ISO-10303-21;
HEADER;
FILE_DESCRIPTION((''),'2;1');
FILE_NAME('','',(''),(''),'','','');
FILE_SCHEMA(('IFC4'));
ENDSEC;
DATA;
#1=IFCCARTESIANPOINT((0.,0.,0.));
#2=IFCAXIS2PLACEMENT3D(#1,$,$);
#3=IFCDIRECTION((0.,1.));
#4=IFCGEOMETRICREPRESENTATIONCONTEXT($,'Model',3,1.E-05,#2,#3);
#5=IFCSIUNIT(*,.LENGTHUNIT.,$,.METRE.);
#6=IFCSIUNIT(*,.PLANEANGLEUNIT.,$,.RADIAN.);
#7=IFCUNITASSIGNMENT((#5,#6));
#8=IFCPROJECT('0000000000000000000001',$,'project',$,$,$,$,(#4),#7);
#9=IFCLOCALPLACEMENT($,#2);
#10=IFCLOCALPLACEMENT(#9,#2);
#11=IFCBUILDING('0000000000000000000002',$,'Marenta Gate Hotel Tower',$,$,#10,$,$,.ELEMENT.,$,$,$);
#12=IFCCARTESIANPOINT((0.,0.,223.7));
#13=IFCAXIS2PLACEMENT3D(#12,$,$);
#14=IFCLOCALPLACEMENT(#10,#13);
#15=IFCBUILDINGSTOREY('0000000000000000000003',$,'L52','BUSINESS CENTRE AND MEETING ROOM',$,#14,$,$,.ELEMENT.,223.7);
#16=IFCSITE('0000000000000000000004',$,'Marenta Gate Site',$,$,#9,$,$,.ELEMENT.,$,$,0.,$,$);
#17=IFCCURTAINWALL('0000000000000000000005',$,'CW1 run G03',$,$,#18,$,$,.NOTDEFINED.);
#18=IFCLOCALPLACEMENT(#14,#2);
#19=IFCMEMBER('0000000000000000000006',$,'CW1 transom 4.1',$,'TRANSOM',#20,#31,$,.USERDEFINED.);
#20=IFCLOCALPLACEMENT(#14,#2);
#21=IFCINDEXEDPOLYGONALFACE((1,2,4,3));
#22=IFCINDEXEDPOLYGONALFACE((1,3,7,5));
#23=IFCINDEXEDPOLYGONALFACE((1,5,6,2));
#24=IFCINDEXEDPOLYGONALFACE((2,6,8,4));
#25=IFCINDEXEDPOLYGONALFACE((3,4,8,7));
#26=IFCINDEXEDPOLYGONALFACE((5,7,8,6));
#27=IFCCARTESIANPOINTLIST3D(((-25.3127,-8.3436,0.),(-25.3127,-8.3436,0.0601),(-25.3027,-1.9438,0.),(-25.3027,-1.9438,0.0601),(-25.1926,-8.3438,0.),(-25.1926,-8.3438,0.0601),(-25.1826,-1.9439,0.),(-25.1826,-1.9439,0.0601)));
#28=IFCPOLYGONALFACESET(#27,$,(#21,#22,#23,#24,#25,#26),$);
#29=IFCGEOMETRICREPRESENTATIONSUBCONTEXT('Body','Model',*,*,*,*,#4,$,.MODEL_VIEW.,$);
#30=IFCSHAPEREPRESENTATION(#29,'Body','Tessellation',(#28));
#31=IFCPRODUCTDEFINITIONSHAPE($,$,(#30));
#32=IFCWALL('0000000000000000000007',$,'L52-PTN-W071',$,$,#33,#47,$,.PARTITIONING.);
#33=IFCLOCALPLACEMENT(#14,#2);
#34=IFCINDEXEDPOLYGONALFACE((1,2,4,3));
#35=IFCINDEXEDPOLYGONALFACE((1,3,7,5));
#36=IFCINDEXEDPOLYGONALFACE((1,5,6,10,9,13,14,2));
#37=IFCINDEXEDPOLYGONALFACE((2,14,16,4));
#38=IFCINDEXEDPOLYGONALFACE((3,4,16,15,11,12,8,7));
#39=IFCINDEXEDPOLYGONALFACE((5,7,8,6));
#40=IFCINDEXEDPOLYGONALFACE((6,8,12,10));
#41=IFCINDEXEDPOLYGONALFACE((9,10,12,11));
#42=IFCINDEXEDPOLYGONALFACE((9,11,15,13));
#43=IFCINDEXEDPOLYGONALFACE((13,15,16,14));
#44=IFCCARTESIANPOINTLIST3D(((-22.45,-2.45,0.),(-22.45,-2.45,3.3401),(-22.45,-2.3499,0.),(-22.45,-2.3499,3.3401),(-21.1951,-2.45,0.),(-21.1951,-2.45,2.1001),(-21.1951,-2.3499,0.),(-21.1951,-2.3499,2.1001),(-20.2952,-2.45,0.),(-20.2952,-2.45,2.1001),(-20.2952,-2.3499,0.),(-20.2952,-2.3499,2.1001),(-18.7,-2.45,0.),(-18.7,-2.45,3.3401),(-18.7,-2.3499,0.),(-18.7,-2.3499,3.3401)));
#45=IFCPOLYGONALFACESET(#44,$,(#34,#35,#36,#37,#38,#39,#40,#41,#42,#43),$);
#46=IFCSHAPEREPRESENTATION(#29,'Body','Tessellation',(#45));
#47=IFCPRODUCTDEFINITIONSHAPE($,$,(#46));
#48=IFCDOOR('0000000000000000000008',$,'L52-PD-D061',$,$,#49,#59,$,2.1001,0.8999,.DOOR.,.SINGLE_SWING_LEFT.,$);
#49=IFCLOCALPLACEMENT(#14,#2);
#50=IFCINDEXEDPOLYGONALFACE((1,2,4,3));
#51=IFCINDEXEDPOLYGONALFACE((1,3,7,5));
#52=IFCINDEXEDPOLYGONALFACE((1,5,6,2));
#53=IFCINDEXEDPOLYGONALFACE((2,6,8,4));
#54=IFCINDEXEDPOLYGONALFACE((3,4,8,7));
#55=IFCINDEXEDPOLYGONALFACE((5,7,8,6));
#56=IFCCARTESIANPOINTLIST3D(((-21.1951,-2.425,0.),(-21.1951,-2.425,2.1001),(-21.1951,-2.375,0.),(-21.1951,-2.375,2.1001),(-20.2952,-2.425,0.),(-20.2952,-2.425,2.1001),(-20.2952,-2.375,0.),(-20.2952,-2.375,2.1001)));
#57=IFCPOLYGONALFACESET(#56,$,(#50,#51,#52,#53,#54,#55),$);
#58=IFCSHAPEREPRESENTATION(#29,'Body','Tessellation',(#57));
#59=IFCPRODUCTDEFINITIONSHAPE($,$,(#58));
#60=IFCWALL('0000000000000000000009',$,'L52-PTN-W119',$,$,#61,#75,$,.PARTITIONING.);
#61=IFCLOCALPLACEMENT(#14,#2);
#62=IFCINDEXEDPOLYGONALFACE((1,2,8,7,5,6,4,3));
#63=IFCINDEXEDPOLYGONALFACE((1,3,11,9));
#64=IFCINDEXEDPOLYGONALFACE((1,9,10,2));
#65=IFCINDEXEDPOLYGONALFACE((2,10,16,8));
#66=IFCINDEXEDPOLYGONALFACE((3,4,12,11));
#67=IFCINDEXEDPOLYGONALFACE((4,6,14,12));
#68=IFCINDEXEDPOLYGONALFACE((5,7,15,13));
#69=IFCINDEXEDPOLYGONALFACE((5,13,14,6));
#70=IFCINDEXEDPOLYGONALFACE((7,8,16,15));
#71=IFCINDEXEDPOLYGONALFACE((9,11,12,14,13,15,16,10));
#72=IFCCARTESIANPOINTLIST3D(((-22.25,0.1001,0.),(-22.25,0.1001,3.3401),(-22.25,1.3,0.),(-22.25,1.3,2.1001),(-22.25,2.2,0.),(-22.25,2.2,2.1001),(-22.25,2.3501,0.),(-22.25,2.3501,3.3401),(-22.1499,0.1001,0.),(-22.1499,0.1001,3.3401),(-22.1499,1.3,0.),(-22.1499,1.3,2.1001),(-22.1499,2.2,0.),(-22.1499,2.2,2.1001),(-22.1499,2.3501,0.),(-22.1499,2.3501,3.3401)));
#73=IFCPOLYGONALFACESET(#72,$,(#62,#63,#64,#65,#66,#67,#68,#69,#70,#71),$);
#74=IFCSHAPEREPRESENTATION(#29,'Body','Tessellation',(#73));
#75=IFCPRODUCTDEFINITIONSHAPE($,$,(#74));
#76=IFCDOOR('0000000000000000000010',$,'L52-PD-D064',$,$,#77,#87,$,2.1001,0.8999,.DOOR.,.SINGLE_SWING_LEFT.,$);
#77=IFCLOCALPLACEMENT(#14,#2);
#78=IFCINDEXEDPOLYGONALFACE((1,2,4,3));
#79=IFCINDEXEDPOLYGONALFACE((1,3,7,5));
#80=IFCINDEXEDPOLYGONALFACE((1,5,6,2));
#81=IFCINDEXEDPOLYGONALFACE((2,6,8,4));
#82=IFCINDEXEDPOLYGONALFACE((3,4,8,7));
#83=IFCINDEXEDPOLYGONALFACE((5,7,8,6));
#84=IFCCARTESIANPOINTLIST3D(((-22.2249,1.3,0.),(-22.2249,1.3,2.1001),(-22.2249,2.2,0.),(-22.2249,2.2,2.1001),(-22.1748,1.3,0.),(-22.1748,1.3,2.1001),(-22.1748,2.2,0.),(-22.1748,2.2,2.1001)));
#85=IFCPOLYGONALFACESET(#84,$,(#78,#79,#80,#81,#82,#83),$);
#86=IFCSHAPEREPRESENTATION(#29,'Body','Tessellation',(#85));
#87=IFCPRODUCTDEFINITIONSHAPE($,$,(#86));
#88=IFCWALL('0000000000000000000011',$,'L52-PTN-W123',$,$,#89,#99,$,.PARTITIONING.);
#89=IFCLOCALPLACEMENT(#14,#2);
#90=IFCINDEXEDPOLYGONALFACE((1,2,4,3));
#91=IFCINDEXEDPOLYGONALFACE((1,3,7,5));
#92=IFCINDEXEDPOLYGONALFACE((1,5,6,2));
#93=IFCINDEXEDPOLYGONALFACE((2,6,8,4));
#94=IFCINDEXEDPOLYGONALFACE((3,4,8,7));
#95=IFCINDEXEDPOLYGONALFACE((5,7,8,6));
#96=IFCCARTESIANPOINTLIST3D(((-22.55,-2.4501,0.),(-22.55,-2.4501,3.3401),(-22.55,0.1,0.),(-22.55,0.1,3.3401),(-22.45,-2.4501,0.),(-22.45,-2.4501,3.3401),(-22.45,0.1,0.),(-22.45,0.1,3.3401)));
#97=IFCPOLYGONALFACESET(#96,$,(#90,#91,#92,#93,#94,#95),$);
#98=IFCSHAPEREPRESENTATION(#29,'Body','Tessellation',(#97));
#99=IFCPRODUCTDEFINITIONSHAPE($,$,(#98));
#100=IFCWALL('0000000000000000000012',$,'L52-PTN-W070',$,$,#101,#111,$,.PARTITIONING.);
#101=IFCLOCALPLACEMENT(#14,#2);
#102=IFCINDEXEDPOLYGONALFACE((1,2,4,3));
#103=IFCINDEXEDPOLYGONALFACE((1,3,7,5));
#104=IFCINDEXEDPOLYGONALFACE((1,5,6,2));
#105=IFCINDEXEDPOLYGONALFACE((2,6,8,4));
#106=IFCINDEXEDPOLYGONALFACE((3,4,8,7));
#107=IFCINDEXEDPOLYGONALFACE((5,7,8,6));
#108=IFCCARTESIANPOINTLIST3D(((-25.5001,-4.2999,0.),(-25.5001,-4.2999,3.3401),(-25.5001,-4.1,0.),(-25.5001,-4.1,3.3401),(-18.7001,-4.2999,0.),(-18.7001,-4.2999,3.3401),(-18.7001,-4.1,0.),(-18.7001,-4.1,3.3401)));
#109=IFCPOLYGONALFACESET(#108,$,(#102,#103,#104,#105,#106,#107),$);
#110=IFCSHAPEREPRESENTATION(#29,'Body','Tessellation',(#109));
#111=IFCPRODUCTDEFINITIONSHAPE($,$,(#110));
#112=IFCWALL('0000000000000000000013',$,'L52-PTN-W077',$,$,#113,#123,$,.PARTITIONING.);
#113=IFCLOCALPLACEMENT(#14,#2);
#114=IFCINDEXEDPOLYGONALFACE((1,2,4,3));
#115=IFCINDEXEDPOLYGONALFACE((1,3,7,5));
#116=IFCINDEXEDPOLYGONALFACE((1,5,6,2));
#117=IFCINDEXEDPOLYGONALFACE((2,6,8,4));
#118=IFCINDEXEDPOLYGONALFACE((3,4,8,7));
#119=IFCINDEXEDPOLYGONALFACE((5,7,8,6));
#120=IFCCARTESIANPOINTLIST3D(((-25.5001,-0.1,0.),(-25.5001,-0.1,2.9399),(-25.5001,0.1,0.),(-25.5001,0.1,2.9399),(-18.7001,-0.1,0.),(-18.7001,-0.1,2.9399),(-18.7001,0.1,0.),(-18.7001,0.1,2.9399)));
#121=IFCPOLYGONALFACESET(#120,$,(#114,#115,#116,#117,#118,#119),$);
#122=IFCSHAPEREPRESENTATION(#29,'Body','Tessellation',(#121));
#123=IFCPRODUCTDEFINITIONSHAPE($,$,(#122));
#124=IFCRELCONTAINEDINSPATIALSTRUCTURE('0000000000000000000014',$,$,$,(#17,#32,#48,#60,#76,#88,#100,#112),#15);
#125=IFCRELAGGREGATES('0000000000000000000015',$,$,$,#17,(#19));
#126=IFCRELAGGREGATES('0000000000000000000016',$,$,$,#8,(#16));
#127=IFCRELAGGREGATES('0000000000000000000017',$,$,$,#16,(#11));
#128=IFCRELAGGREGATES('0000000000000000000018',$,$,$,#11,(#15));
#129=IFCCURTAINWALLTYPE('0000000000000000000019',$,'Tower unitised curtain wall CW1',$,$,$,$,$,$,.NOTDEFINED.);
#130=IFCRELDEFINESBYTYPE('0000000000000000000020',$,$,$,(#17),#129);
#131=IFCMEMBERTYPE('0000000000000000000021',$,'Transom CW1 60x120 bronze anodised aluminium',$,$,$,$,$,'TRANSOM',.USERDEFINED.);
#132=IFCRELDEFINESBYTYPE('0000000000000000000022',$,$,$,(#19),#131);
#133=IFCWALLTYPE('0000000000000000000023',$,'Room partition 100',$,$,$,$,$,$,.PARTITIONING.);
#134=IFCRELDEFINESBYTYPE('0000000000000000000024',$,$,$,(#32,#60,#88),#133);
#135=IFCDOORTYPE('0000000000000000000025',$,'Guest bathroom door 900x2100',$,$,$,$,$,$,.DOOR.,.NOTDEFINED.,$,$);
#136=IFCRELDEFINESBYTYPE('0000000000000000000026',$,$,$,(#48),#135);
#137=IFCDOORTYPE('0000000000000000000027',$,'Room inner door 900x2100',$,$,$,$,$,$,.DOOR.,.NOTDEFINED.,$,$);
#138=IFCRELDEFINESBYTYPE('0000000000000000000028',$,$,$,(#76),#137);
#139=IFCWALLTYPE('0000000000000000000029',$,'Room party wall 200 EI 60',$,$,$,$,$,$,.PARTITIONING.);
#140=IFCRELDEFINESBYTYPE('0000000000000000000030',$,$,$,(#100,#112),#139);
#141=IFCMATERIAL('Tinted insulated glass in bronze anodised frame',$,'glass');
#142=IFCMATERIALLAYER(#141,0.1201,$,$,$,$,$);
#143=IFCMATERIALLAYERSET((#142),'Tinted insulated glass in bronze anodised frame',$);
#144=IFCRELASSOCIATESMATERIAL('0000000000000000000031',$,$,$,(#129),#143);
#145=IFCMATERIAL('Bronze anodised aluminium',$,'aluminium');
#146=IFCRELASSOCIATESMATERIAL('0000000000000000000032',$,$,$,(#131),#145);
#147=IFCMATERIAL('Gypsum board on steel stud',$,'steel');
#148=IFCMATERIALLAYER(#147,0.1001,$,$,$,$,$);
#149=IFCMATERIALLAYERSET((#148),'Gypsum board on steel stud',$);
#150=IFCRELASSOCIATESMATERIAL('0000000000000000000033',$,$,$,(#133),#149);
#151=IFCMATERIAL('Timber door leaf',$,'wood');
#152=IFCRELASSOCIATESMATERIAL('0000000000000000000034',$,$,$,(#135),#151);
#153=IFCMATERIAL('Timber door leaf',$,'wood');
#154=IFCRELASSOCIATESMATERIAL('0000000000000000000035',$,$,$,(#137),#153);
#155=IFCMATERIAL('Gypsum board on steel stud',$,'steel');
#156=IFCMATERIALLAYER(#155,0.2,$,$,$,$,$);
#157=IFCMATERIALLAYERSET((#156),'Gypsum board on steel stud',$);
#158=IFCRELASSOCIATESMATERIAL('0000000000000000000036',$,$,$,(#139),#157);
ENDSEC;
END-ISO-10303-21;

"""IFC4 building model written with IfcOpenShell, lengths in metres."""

from ifc_helpers import new_model, si_unit, direction, frame, frame_2d, origin, origin_2d, place, context, subcontext, project, spatial, rectangle, extrude, material, layer, layer_set, material_profile, profile_set, type_object, element, fill, aggregate, save


model = new_model("IFC4")

# Units and contexts
model_context = context("Model", 3, precision=1e-05, world=origin(), true_north=direction((0.0, 1.0)))
body_context = subcontext(model_context, "Body", "Model", "MODEL_VIEW")
ifc_project = project(units=[si_unit("LENGTHUNIT", "METRE"), si_unit("PLANEANGLEUNIT", "RADIAN")], contexts=[model_context])

# Site, building, storey
site_placement = place(None, origin())
site = spatial("IfcSite", under=ifc_project, at=site_placement, Name="Marenta Gate Site", CompositionType="ELEMENT", RefElevation=0.0)
building_placement = place(site_placement, origin())
building = spatial("IfcBuilding", under=site, at=building_placement, Name="Marenta Gate Hotel Tower", CompositionType="ELEMENT")
storey_placement = place(building_placement, frame((0.0, 0.0, 223.7)))
storey = spatial("IfcBuildingStorey", under=building, at=storey_placement, Name="L52", Description="BUSINESS CENTRE AND MEETING ROOM", CompositionType="ELEMENT", Elevation=223.7)

# Curtain wall, member
ifc_material_1 = material(Name="Tinted insulated glass in bronze anodised frame", Category="glass")
ifc_layer_1 = layer(ifc_material_1, 0.1201)
ifc_layer_set_1 = layer_set([ifc_layer_1], Name="Tinted insulated glass in bronze anodised frame")
curtain_wall_type = type_object("IfcCurtainWallType", Name="Tower unitised curtain wall CW1", PredefinedType="NOTDEFINED", material=ifc_layer_set_1)
curtain_wall_placement = place(storey_placement, origin())
curtain_wall = element("IfcCurtainWall", 1, at=curtain_wall_placement, inside=storey, type_object=curtain_wall_type, Name="CW1 run G03", PredefinedType="NOTDEFINED")
ifc_material_2 = material(Name="Bronze anodised aluminium", Category="aluminium")
ifc_material_profile_1 = material_profile(ifc_material_2, rectangle(XDim=0.1201, YDim=0.0601, at=origin_2d()), Name="Transom CW1 60x120 bronze anodised aluminium")
ifc_profile_set_1 = profile_set([ifc_material_profile_1], Name="Bronze anodised aluminium")
member_type_1 = type_object("IfcMemberType", Name="Transom CW1 60x120 bronze anodised aluminium", ElementType="TRANSOM", PredefinedType="USERDEFINED", material=ifc_profile_set_1)
member_1_placement = place(storey_placement, frame((-25.2427, -1.9438, 0.03), z_axis=(-0.001564, -0.999999, 0.0), x_axis=(0.999999, -0.001564, 0.0)))
member_1 = element("IfcMember", 2, at=member_1_placement, type_object=member_type_1, Name="CW1 transom 4.1", ObjectType="TRANSOM", PredefinedType="USERDEFINED", context=body_context, shape_type="SweptSolid", body=[
    extrude(rectangle(XDim=0.1201, YDim=0.0601, at=origin_2d()), origin(), (0.0, 0.0, 1.0), 6.3999),
])
aggregate(curtain_wall, [member_1])

# Walls, openings, doors
ifc_material_3 = material(Name="Gypsum board on steel stud", Category="steel")
ifc_layer_2 = layer(ifc_material_3, 0.1001)
ifc_layer_set_2 = layer_set([ifc_layer_2], Name="Gypsum board on steel stud")
wall_type_1 = type_object("IfcWallType", Name="Room partition 100", PredefinedType="PARTITIONING", material=ifc_layer_set_2)
wall_1_placement = place(storey_placement, frame((-22.45, -2.3999, 0.0), z_axis=(0.0, 0.0, 1.0), x_axis=(1.0, 0.0, 0.0)))
wall_1 = element("IfcWall", 3, at=wall_1_placement, inside=storey, type_object=wall_type_1, Name="L52-PTN-W071", PredefinedType="PARTITIONING", context=body_context, shape_type="SweptSolid", body=[
    extrude(rectangle(XDim=3.75, YDim=0.1001, at=frame_2d((1.875, 0.0))), origin(), (0.0, 0.0, 1.0), 3.3401),
])
opening_1_placement = place(wall_1_placement, frame((1.2549, 0.0, 0.0)))
opening_1 = element("IfcOpeningElement", 4, at=opening_1_placement, cuts=wall_1, PredefinedType="OPENING", context=body_context, shape_type="SweptSolid", body=[
    extrude(rectangle(XDim=0.8999, YDim=2.1001, at=frame_2d((0.45, 1.05))), frame((0.0, 0.05, 0.0), z_axis=(0.0, -1.0, 0.0), x_axis=(1.0, 0.0, 0.0)), (0.0, 0.0, 1.0), 0.1001),
])
ifc_material_4 = material(Name="Timber door leaf", Category="wood")
door_type_1 = type_object("IfcDoorType", Name="Guest bathroom door 900x2100", OperationType="NOTDEFINED", PredefinedType="DOOR", material=ifc_material_4)
door_1_placement = place(opening_1_placement, origin())
door_1 = element("IfcDoor", 5, at=door_1_placement, inside=storey, type_object=door_type_1, Name="L52-PD-D061", OperationType="SINGLE_SWING_LEFT", OverallHeight=2.1001, OverallWidth=0.8999, PredefinedType="DOOR", context=body_context, shape_type="SweptSolid", body=[
    extrude(rectangle(XDim=0.8999, YDim=2.1001, at=frame_2d((0.45, 1.05))), frame((0.0, 0.0249, 0.0), z_axis=(0.0, -1.0, 0.0), x_axis=(1.0, 0.0, 0.0)), (0.0, 0.0, 1.0), 0.05),
])
fill(opening_1, door_1)
wall_2_placement = place(storey_placement, frame((-22.2, 0.1001, 0.0), z_axis=(0.0, 0.0, 1.0), x_axis=(0.0, 1.0, 0.0)))
wall_2 = element("IfcWall", 6, at=wall_2_placement, inside=storey, type_object=wall_type_1, Name="L52-PTN-W119", PredefinedType="PARTITIONING", context=body_context, shape_type="SweptSolid", body=[
    extrude(rectangle(XDim=2.25, YDim=0.1001, at=frame_2d((1.125, 0.0))), origin(), (0.0, 0.0, 1.0), 3.3401),
])
opening_2_placement = place(wall_2_placement, frame((1.2, 0.0, 0.0)))
opening_2 = element("IfcOpeningElement", 7, at=opening_2_placement, cuts=wall_2, PredefinedType="OPENING", context=body_context, shape_type="SweptSolid", body=[
    extrude(rectangle(XDim=0.8999, YDim=2.1001, at=frame_2d((0.45, 1.05))), frame((0.0, 0.05, 0.0), z_axis=(0.0, -1.0, 0.0), x_axis=(1.0, 0.0, 0.0)), (0.0, 0.0, 1.0), 0.1001),
])
ifc_material_5 = material(Name="Timber door leaf", Category="wood")
door_type_2 = type_object("IfcDoorType", Name="Room inner door 900x2100", OperationType="NOTDEFINED", PredefinedType="DOOR", material=ifc_material_5)
door_2_placement = place(opening_2_placement, origin())
door_2 = element("IfcDoor", 8, at=door_2_placement, inside=storey, type_object=door_type_2, Name="L52-PD-D064", OperationType="SINGLE_SWING_LEFT", OverallHeight=2.1001, OverallWidth=0.8999, PredefinedType="DOOR", context=body_context, shape_type="SweptSolid", body=[
    extrude(rectangle(XDim=0.8999, YDim=2.1001, at=frame_2d((0.45, 1.05))), frame((0.0, 0.0249, 0.0), z_axis=(0.0, -1.0, 0.0), x_axis=(1.0, 0.0, 0.0)), (0.0, 0.0, 1.0), 0.05),
])
fill(opening_2, door_2)

# Walls
wall_3_placement = place(storey_placement, frame((-22.5, -2.45, 0.0), z_axis=(0.0, 0.0, 1.0), x_axis=(0.0, 1.0, 0.0)))
element("IfcWall", 9, at=wall_3_placement, inside=storey, type_object=wall_type_1, Name="L52-PTN-W123", PredefinedType="PARTITIONING", context=body_context, shape_type="SweptSolid", body=[
    extrude(rectangle(XDim=2.55, YDim=0.1001, at=frame_2d((1.2749, 0.0))), origin(), (0.0, 0.0, 1.0), 3.3401),
])
ifc_material_6 = material(Name="Gypsum board on steel stud", Category="steel")
ifc_layer_3 = layer(ifc_material_6, 0.2)
ifc_layer_set_3 = layer_set([ifc_layer_3], Name="Gypsum board on steel stud")
wall_type_2 = type_object("IfcWallType", Name="Room party wall 200 EI 60", PredefinedType="PARTITIONING", material=ifc_layer_set_3)
wall_4_placement = place(storey_placement, frame((-25.5, -4.2, 0.0), z_axis=(0.0, 0.0, 1.0), x_axis=(1.0, 0.0, 0.0)))
element("IfcWall", 10, at=wall_4_placement, inside=storey, type_object=wall_type_2, Name="L52-PTN-W070", PredefinedType="PARTITIONING", context=body_context, shape_type="SweptSolid", body=[
    extrude(rectangle(XDim=6.8, YDim=0.2, at=frame_2d((3.3999, 0.0))), origin(), (0.0, 0.0, 1.0), 3.3401),
])
wall_5_placement = place(storey_placement, frame((-25.5, 0.0, 0.0), z_axis=(0.0, 0.0, 1.0), x_axis=(1.0, 0.0, 0.0)))
element("IfcWall", 11, at=wall_5_placement, inside=storey, type_object=wall_type_2, Name="L52-PTN-W077", PredefinedType="PARTITIONING", context=body_context, shape_type="SweptSolid", body=[
    extrude(rectangle(XDim=6.8, YDim=0.2, at=frame_2d((3.3999, 0.0))), origin(), (0.0, 0.0, 1.0), 2.9399),
])

save(model, "model.ifc")
